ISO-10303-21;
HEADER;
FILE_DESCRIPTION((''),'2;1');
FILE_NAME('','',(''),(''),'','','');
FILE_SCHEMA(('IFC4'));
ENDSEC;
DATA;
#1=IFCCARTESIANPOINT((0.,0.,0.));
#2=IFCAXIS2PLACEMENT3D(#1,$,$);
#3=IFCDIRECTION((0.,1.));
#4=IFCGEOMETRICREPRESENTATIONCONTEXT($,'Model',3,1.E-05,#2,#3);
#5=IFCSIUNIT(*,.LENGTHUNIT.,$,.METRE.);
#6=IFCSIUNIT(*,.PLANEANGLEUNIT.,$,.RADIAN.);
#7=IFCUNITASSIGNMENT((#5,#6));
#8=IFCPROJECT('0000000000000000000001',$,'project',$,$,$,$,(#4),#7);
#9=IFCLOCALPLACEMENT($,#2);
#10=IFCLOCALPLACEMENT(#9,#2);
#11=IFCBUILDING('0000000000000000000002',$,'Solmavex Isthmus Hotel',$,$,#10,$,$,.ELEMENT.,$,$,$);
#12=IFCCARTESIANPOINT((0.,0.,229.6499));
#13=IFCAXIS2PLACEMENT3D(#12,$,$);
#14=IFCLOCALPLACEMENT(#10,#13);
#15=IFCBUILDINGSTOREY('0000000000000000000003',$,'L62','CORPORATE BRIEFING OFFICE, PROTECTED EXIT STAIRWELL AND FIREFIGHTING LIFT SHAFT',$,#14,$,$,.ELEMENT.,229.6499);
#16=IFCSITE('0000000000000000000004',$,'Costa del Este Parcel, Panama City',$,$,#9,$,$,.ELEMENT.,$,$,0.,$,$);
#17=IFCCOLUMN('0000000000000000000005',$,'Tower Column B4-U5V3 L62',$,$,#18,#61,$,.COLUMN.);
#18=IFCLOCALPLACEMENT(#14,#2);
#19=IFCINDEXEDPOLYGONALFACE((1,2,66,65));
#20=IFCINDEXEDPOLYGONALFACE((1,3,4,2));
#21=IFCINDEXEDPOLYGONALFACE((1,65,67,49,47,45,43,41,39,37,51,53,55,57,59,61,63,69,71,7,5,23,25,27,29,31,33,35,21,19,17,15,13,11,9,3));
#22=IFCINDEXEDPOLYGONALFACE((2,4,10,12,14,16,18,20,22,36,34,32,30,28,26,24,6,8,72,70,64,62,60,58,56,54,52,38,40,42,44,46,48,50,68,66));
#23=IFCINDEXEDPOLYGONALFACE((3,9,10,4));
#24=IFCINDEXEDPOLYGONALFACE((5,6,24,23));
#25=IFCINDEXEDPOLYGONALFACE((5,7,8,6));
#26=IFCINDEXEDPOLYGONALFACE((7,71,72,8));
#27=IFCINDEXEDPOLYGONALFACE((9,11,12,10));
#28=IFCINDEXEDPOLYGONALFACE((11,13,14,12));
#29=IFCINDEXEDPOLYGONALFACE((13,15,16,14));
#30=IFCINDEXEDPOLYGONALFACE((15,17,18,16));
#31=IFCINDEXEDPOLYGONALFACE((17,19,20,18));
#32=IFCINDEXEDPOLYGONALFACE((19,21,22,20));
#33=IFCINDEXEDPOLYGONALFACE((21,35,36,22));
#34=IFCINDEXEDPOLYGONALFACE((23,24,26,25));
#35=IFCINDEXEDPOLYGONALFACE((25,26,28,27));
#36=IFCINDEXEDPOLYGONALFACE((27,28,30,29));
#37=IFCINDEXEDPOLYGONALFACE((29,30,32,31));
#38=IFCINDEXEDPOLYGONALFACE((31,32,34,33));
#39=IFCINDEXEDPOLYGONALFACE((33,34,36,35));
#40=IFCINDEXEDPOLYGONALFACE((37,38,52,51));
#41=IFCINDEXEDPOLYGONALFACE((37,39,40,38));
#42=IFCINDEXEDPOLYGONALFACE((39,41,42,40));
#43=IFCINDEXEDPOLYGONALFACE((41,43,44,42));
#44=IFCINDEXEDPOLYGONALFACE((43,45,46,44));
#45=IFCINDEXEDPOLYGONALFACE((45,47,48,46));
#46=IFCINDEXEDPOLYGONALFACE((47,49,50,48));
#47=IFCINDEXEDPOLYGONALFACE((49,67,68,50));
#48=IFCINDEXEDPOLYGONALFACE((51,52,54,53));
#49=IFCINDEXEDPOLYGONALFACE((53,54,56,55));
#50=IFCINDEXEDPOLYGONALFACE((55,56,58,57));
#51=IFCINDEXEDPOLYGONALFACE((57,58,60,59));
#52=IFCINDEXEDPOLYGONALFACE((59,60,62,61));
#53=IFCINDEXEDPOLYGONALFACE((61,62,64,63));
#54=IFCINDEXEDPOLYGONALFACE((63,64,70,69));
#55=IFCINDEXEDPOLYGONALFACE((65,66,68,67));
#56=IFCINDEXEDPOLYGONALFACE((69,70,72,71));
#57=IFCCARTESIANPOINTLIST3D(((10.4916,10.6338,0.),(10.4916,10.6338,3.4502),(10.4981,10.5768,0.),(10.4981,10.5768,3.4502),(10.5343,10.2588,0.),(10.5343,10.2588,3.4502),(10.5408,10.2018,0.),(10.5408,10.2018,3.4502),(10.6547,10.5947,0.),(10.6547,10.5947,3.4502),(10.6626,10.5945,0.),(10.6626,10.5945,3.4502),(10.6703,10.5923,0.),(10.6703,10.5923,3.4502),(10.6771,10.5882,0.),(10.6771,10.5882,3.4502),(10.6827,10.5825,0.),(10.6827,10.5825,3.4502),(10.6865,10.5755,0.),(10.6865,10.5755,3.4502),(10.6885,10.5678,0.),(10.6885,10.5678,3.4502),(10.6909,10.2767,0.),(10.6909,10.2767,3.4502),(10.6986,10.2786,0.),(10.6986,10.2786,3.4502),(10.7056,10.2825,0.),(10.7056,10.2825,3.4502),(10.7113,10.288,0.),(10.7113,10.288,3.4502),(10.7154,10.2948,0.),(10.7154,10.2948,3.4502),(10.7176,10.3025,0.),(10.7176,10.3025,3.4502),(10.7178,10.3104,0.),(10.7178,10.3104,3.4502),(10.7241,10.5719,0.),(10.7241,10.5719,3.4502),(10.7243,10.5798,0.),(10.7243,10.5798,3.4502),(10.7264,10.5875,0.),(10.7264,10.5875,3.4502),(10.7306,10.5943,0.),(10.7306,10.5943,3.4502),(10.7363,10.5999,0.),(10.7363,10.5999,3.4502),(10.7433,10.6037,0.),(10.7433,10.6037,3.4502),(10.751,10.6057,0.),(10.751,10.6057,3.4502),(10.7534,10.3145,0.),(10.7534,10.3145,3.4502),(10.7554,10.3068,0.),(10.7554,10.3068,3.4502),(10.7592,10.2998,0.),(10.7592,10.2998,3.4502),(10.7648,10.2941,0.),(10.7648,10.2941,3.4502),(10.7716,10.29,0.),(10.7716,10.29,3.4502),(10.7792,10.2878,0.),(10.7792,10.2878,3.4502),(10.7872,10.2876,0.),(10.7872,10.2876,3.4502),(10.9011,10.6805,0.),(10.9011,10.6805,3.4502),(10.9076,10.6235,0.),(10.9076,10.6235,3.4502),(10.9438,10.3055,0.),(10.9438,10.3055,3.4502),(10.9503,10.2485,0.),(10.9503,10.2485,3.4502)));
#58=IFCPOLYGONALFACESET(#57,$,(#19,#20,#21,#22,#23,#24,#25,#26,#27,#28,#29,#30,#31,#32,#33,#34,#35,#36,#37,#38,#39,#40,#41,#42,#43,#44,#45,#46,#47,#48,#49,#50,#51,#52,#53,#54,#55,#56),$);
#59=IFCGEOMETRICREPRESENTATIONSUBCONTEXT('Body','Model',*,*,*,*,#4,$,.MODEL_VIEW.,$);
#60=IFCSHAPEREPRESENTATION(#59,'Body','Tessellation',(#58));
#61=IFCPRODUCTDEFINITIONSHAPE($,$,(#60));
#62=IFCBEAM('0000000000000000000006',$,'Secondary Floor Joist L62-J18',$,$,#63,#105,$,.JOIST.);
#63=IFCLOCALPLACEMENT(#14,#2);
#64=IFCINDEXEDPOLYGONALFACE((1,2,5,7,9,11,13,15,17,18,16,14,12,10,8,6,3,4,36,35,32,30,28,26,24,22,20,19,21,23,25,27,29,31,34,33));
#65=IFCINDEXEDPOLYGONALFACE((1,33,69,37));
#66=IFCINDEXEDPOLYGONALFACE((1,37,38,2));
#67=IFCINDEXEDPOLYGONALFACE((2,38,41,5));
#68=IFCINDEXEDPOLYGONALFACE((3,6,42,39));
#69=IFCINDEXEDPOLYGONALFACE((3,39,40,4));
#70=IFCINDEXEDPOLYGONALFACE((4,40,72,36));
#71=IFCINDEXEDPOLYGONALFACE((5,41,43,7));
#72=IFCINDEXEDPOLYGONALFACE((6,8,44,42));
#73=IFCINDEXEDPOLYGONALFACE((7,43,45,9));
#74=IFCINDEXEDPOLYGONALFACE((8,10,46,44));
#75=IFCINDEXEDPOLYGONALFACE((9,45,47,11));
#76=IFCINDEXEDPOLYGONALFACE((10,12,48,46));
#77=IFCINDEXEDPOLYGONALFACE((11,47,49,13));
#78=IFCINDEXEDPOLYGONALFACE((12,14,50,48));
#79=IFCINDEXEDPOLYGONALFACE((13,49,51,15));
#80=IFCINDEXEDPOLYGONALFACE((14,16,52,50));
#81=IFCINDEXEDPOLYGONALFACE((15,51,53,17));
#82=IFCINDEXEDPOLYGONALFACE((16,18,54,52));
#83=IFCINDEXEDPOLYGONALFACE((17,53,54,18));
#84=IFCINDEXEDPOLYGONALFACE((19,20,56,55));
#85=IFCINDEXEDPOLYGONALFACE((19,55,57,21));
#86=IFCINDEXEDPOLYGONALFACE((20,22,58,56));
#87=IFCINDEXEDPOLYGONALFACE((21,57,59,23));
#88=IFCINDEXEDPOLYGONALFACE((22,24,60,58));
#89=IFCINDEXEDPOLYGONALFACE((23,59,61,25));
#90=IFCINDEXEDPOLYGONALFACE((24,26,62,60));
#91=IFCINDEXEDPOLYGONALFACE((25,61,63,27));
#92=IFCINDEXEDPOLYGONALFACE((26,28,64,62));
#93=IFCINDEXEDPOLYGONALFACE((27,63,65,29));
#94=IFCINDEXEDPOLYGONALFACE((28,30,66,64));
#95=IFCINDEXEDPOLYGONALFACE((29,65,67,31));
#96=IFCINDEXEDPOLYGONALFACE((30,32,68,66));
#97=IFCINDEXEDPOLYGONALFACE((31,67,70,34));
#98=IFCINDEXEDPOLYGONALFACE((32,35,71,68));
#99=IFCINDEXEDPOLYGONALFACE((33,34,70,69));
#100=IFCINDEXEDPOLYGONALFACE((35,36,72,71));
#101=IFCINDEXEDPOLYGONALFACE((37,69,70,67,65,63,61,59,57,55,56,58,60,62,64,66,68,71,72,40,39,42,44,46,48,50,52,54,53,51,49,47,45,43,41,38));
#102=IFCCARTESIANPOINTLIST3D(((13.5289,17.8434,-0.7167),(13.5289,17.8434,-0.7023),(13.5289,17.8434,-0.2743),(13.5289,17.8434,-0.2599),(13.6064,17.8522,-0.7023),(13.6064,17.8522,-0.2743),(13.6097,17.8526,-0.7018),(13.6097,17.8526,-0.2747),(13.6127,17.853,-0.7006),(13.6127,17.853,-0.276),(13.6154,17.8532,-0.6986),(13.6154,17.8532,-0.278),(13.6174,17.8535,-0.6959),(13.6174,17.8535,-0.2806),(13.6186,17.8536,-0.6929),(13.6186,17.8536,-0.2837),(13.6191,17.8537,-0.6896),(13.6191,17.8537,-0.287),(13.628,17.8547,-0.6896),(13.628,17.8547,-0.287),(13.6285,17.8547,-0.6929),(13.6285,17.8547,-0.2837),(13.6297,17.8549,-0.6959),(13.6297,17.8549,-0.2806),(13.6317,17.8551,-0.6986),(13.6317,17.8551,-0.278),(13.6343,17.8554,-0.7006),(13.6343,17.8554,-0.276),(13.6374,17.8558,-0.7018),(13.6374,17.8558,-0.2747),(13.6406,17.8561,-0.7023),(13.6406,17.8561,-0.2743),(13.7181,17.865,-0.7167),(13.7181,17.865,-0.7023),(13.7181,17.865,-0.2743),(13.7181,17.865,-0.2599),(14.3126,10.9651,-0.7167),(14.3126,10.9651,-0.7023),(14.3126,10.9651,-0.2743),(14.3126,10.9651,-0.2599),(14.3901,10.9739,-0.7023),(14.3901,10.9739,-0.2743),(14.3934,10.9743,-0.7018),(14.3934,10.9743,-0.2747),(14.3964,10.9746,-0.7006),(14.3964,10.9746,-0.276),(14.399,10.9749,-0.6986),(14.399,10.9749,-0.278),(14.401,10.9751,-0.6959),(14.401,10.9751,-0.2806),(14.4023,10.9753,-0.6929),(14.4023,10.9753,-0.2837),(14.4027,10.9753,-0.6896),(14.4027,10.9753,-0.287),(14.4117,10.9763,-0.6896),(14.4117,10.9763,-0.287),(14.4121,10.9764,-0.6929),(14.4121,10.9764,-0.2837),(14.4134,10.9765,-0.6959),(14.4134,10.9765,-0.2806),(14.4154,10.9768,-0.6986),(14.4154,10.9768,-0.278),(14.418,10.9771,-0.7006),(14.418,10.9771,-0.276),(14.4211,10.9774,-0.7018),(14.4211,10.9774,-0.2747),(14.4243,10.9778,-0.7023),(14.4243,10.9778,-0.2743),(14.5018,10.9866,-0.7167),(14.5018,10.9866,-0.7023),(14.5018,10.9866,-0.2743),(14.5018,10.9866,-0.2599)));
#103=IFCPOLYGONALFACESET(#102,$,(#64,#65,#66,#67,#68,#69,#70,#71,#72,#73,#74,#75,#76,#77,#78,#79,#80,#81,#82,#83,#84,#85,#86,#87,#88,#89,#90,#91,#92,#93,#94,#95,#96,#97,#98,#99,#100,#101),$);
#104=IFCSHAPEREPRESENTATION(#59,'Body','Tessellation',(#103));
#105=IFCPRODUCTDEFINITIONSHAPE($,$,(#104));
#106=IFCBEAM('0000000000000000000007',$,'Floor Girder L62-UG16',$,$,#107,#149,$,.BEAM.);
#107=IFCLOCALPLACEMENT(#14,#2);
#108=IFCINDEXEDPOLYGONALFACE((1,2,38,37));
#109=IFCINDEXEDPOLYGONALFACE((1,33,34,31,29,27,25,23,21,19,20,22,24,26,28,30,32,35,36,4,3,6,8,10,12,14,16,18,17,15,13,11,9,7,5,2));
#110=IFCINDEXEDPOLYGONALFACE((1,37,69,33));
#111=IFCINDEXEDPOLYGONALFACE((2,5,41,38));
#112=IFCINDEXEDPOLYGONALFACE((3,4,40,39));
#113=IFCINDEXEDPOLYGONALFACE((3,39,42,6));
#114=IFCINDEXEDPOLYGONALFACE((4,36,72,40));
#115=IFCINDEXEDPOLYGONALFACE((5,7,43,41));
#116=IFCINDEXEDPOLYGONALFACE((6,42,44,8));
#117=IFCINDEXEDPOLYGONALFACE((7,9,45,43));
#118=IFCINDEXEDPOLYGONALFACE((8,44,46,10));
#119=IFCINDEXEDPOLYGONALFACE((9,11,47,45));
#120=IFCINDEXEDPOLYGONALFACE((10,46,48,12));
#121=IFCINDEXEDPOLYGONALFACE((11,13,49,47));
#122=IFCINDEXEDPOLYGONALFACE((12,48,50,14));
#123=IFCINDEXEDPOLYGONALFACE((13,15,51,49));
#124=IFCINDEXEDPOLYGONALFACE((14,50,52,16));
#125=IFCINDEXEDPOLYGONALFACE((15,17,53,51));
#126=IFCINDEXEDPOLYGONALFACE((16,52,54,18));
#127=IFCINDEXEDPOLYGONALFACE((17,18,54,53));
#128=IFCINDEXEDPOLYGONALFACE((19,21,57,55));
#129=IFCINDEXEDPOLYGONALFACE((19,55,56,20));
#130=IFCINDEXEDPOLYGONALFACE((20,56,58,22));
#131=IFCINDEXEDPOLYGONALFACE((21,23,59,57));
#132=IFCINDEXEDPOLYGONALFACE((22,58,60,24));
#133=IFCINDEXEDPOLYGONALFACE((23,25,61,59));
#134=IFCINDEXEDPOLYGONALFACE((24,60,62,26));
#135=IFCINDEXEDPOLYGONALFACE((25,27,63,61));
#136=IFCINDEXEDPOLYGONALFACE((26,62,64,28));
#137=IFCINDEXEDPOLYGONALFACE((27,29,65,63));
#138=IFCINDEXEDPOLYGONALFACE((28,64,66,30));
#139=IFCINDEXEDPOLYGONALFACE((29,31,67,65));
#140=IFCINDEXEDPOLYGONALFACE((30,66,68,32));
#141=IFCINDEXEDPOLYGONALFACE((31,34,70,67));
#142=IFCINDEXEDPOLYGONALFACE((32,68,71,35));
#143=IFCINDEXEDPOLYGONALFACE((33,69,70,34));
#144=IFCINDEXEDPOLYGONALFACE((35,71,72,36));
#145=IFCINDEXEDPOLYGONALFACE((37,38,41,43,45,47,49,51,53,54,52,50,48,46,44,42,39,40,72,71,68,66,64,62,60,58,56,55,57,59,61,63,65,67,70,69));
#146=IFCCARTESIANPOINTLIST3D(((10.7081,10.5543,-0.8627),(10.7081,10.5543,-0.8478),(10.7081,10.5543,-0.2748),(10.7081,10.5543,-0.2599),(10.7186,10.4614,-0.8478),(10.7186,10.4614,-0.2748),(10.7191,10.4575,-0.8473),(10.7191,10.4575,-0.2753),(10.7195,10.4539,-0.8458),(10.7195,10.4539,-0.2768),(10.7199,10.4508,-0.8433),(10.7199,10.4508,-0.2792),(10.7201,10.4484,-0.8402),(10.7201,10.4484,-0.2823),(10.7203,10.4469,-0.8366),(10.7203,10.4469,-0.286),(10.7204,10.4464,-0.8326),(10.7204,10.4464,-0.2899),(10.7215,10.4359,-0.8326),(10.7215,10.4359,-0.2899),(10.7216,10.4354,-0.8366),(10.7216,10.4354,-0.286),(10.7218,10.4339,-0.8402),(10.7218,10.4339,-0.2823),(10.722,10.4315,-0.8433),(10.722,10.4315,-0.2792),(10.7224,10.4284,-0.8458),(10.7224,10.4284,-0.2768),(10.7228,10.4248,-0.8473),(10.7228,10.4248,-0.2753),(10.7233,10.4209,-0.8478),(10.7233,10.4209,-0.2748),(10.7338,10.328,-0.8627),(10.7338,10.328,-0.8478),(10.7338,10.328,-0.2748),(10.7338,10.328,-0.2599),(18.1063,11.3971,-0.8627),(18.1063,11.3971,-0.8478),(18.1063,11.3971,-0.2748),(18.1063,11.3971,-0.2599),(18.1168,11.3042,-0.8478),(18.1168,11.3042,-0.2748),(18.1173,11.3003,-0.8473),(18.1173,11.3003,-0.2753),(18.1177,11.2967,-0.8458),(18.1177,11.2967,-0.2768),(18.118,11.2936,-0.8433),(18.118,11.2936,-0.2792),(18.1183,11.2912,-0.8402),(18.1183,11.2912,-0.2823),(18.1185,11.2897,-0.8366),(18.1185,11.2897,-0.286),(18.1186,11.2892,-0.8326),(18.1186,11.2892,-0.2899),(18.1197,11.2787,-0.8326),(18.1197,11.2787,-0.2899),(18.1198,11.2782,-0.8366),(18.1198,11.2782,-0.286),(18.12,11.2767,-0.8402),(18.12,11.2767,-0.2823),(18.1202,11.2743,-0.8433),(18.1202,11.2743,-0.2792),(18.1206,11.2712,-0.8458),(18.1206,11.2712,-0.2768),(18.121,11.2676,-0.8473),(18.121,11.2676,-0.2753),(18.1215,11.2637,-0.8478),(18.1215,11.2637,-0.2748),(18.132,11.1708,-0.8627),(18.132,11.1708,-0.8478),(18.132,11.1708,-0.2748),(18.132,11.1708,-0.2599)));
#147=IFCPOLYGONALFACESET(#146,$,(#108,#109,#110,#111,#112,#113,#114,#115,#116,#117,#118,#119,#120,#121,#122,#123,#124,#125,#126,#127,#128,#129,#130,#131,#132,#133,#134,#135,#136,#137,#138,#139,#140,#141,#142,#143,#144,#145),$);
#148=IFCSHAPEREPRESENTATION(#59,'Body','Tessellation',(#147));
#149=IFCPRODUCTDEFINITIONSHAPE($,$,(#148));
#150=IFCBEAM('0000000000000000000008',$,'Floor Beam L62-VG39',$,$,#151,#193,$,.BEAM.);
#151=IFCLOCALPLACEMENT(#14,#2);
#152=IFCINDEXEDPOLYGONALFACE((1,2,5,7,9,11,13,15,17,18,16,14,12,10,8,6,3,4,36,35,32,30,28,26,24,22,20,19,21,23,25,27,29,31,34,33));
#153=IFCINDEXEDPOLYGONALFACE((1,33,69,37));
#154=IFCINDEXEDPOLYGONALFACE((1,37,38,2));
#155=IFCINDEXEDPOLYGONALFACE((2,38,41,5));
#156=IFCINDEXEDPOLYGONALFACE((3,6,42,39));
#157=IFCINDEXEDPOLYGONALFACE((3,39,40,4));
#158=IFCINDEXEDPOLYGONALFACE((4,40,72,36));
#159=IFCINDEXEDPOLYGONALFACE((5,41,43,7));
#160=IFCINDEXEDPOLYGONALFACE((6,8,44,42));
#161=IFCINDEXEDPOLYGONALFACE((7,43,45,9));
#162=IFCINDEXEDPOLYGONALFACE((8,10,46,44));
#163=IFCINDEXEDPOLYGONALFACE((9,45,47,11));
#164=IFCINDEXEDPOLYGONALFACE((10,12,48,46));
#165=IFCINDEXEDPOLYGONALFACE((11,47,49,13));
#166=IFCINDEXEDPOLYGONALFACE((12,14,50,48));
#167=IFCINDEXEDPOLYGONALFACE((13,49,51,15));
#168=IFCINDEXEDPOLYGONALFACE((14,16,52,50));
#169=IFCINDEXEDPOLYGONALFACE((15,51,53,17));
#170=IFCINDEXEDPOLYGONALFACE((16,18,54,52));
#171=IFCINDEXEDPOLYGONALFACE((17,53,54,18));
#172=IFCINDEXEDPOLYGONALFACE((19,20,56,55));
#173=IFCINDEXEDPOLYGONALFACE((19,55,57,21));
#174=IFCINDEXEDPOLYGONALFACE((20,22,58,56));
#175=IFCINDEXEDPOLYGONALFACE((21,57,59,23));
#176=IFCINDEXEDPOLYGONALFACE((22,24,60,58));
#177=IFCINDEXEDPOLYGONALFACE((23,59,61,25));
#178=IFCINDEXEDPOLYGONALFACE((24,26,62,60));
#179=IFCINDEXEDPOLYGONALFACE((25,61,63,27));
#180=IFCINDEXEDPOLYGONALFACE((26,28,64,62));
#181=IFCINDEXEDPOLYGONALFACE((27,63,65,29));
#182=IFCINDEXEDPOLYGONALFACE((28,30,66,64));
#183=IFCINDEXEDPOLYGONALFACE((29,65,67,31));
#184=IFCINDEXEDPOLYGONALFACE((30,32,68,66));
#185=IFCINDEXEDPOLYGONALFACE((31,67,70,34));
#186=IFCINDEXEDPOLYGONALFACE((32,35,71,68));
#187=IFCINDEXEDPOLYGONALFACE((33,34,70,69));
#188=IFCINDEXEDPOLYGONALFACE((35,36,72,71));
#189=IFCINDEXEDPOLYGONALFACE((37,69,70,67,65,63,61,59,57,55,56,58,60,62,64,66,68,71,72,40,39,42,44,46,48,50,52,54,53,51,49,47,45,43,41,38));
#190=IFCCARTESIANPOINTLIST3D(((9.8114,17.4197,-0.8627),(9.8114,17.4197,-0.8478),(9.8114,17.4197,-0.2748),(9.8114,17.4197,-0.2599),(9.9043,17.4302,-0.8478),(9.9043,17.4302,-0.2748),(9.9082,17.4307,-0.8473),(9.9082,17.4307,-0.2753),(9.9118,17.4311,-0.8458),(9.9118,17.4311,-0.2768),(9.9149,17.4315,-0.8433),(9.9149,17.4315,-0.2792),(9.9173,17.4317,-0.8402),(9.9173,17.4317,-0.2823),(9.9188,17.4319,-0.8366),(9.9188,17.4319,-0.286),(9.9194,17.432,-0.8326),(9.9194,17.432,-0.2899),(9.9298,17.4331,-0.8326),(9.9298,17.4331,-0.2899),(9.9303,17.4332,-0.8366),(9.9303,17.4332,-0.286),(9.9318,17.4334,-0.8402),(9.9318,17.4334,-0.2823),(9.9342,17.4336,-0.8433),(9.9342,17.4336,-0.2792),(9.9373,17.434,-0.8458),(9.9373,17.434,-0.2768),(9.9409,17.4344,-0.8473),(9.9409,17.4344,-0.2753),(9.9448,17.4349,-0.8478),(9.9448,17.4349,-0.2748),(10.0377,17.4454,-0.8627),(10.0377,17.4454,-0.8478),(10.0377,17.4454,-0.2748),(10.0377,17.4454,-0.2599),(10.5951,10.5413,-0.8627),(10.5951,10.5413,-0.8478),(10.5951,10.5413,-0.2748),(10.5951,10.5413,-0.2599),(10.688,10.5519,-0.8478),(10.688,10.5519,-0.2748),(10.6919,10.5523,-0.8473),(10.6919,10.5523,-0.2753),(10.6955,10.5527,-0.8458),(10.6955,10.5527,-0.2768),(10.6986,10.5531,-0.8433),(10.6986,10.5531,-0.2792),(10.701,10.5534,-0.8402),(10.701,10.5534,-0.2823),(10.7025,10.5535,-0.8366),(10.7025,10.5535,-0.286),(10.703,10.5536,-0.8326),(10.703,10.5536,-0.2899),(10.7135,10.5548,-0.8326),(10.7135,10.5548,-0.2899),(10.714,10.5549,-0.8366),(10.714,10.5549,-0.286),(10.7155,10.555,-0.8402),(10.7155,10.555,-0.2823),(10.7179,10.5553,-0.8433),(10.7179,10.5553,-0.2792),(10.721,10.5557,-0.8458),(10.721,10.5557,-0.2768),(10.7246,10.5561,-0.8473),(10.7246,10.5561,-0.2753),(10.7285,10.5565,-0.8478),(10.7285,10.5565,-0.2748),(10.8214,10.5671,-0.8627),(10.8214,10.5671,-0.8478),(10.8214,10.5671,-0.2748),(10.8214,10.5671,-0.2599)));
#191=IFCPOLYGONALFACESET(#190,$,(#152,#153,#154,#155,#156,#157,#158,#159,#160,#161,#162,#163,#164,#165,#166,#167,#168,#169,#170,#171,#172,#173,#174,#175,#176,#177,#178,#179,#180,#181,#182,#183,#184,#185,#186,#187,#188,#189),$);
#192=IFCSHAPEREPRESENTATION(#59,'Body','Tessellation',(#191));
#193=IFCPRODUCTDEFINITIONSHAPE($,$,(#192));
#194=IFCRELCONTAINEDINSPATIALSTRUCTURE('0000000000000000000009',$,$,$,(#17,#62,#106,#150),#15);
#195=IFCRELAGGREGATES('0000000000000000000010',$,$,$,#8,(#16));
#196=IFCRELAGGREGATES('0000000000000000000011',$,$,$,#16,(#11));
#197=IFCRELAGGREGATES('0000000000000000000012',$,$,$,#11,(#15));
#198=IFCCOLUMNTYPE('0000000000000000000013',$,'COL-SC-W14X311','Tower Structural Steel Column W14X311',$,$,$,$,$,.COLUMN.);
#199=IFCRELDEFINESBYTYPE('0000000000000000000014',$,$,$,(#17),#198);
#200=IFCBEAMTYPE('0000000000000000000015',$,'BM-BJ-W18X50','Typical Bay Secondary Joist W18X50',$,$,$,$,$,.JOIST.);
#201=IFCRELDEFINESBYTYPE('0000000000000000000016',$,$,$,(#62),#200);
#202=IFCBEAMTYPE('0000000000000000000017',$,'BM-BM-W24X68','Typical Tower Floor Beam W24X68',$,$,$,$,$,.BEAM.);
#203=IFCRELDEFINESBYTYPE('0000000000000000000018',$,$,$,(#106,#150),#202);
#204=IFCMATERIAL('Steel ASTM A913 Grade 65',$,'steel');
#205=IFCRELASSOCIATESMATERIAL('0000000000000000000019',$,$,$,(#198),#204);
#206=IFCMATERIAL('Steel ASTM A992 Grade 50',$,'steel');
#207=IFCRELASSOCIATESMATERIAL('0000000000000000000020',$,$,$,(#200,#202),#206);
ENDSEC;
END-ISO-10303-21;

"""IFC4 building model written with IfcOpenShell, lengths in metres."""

from ifc_helpers import new_model, si_unit, direction, frame, origin, origin_2d, place, context, subcontext, project, spatial, i_section, extrude, material, material_profile, profile_set, type_object, element, save


model = new_model("IFC4")

# Units and contexts
model_context = context("Model", 3, precision=1e-05, world=origin(), true_north=direction((0.0, 1.0)))
body_context = subcontext(model_context, "Body", "Model", "MODEL_VIEW")
ifc_project = project(units=[si_unit("LENGTHUNIT", "METRE"), si_unit("PLANEANGLEUNIT", "RADIAN")], contexts=[model_context])

# Site, building, storey
site_placement = place(None, origin())
site = spatial("IfcSite", under=ifc_project, at=site_placement, Name="Costa del Este Parcel, Panama City", CompositionType="ELEMENT", RefElevation=0.0)
building_placement = place(site_placement, origin())
building = spatial("IfcBuilding", under=site, at=building_placement, Name="Solmavex Isthmus Hotel", CompositionType="ELEMENT")
storey_placement = place(building_placement, frame((0.0, 0.0, 229.6499)))
storey = spatial("IfcBuildingStorey", under=building, at=storey_placement, Name="L62", Description="CORPORATE BRIEFING OFFICE, PROTECTED EXIT STAIRWELL AND FIREFIGHTING LIFT SHAFT", CompositionType="ELEMENT", Elevation=229.6499)

# Column
ifc_material_1 = material(Name="Steel ASTM A913 Grade 65", Category="steel")
ifc_material_profile_1 = material_profile(ifc_material_1, i_section(OverallWidth=0.4121, OverallDepth=0.4348, WebThickness=0.0359, FlangeThickness=0.0574, FilletRadius=0.0305, at=origin_2d()), Name="W14X311")
ifc_profile_set_1 = profile_set([ifc_material_profile_1], Name="Steel ASTM A913 Grade 65")
column_type = type_object("IfcColumnType", Name="COL-SC-W14X311", Description="Tower Structural Steel Column W14X311", PredefinedType="COLUMN", material=ifc_profile_set_1)
column_placement = place(storey_placement, frame((10.7209, 10.4412, 0.0), z_axis=(0.0, 0.0, 1.0), x_axis=(0.993572, 0.113203, 0.0)))
element("IfcColumn", 1, at=column_placement, inside=storey, type_object=column_type, Name="Tower Column B4-U5V3 L62", PredefinedType="COLUMN", context=body_context, shape_type="SweptSolid", body=[
    extrude(i_section(OverallWidth=0.4121, OverallDepth=0.4348, WebThickness=0.0359, FlangeThickness=0.0574, FilletRadius=0.0305, at=origin_2d()), origin(), (0.0, 0.0, 1.0), 3.4502),
])

# Beams
ifc_material_2 = material(Name="Steel ASTM A992 Grade 50", Category="steel")
ifc_material_profile_2 = material_profile(ifc_material_2, i_section(OverallWidth=0.1904, OverallDepth=0.4568, WebThickness=0.009, FlangeThickness=0.0144, FilletRadius=0.0127, at=origin_2d()), Name="W18X50")
ifc_profile_set_2 = profile_set([ifc_material_profile_2], Name="Steel ASTM A992 Grade 50")
beam_type_1 = type_object("IfcBeamType", Name="BM-BJ-W18X50", Description="Typical Bay Secondary Joist W18X50", PredefinedType="JOIST", material=ifc_profile_set_2)
beam_1_placement = place(storey_placement, frame((14.4072, 10.9758, -0.4883), z_axis=(-0.113202, 0.993572, 0.0), x_axis=(-0.993572, -0.113202, 0.0)))
element("IfcBeam", 2, at=beam_1_placement, inside=storey, type_object=beam_type_1, Name="Secondary Floor Joist L62-J18", PredefinedType="JOIST", context=body_context, shape_type="SweptSolid", body=[
    extrude(i_section(OverallWidth=0.1904, OverallDepth=0.4568, WebThickness=0.009, FlangeThickness=0.0144, FilletRadius=0.0127, at=origin_2d()), origin(), (0.0, 0.0, 1.0), 6.9229),
])
ifc_material_profile_3 = material_profile(ifc_material_2, i_section(OverallWidth=0.2278, OverallDepth=0.6028, WebThickness=0.0105, FlangeThickness=0.0149, FilletRadius=0.0151, at=origin_2d()), Name="W24X68")
ifc_profile_set_3 = profile_set([ifc_material_profile_3], Name="Steel ASTM A992 Grade 50")
beam_type_2 = type_object("IfcBeamType", Name="BM-BM-W24X68", Description="Typical Tower Floor Beam W24X68", PredefinedType="BEAM", material=ifc_profile_set_3)
beam_2_placement = place(storey_placement, frame((10.7209, 10.4412, -0.5613), z_axis=(0.993574, 0.113184, 0.0), x_axis=(-0.113184, 0.993574, 0.0)))
element("IfcBeam", 3, at=beam_2_placement, inside=storey, type_object=beam_type_2, Name="Floor Girder L62-UG16", PredefinedType="BEAM", context=body_context, shape_type="SweptSolid", body=[
    extrude(i_section(OverallWidth=0.2278, OverallDepth=0.6028, WebThickness=0.0105, FlangeThickness=0.0149, FilletRadius=0.0151, at=origin_2d()), origin(), (0.0, 0.0, 1.0), 7.446),
])
beam_3_placement = place(storey_placement, frame((10.7083, 10.5542, -0.5613), z_axis=(-0.113202, 0.993572, 0.0), x_axis=(-0.993572, -0.113202, 0.0)))
element("IfcBeam", 4, at=beam_3_placement, inside=storey, type_object=beam_type_2, Name="Floor Beam L62-VG39", PredefinedType="BEAM", context=body_context, shape_type="SweptSolid", body=[
    extrude(i_section(OverallWidth=0.2278, OverallDepth=0.6028, WebThickness=0.0105, FlangeThickness=0.0149, FilletRadius=0.0151, at=origin_2d()), origin(), (0.0, 0.0, 1.0), 6.9229),
])

save(model, "model.ifc")
